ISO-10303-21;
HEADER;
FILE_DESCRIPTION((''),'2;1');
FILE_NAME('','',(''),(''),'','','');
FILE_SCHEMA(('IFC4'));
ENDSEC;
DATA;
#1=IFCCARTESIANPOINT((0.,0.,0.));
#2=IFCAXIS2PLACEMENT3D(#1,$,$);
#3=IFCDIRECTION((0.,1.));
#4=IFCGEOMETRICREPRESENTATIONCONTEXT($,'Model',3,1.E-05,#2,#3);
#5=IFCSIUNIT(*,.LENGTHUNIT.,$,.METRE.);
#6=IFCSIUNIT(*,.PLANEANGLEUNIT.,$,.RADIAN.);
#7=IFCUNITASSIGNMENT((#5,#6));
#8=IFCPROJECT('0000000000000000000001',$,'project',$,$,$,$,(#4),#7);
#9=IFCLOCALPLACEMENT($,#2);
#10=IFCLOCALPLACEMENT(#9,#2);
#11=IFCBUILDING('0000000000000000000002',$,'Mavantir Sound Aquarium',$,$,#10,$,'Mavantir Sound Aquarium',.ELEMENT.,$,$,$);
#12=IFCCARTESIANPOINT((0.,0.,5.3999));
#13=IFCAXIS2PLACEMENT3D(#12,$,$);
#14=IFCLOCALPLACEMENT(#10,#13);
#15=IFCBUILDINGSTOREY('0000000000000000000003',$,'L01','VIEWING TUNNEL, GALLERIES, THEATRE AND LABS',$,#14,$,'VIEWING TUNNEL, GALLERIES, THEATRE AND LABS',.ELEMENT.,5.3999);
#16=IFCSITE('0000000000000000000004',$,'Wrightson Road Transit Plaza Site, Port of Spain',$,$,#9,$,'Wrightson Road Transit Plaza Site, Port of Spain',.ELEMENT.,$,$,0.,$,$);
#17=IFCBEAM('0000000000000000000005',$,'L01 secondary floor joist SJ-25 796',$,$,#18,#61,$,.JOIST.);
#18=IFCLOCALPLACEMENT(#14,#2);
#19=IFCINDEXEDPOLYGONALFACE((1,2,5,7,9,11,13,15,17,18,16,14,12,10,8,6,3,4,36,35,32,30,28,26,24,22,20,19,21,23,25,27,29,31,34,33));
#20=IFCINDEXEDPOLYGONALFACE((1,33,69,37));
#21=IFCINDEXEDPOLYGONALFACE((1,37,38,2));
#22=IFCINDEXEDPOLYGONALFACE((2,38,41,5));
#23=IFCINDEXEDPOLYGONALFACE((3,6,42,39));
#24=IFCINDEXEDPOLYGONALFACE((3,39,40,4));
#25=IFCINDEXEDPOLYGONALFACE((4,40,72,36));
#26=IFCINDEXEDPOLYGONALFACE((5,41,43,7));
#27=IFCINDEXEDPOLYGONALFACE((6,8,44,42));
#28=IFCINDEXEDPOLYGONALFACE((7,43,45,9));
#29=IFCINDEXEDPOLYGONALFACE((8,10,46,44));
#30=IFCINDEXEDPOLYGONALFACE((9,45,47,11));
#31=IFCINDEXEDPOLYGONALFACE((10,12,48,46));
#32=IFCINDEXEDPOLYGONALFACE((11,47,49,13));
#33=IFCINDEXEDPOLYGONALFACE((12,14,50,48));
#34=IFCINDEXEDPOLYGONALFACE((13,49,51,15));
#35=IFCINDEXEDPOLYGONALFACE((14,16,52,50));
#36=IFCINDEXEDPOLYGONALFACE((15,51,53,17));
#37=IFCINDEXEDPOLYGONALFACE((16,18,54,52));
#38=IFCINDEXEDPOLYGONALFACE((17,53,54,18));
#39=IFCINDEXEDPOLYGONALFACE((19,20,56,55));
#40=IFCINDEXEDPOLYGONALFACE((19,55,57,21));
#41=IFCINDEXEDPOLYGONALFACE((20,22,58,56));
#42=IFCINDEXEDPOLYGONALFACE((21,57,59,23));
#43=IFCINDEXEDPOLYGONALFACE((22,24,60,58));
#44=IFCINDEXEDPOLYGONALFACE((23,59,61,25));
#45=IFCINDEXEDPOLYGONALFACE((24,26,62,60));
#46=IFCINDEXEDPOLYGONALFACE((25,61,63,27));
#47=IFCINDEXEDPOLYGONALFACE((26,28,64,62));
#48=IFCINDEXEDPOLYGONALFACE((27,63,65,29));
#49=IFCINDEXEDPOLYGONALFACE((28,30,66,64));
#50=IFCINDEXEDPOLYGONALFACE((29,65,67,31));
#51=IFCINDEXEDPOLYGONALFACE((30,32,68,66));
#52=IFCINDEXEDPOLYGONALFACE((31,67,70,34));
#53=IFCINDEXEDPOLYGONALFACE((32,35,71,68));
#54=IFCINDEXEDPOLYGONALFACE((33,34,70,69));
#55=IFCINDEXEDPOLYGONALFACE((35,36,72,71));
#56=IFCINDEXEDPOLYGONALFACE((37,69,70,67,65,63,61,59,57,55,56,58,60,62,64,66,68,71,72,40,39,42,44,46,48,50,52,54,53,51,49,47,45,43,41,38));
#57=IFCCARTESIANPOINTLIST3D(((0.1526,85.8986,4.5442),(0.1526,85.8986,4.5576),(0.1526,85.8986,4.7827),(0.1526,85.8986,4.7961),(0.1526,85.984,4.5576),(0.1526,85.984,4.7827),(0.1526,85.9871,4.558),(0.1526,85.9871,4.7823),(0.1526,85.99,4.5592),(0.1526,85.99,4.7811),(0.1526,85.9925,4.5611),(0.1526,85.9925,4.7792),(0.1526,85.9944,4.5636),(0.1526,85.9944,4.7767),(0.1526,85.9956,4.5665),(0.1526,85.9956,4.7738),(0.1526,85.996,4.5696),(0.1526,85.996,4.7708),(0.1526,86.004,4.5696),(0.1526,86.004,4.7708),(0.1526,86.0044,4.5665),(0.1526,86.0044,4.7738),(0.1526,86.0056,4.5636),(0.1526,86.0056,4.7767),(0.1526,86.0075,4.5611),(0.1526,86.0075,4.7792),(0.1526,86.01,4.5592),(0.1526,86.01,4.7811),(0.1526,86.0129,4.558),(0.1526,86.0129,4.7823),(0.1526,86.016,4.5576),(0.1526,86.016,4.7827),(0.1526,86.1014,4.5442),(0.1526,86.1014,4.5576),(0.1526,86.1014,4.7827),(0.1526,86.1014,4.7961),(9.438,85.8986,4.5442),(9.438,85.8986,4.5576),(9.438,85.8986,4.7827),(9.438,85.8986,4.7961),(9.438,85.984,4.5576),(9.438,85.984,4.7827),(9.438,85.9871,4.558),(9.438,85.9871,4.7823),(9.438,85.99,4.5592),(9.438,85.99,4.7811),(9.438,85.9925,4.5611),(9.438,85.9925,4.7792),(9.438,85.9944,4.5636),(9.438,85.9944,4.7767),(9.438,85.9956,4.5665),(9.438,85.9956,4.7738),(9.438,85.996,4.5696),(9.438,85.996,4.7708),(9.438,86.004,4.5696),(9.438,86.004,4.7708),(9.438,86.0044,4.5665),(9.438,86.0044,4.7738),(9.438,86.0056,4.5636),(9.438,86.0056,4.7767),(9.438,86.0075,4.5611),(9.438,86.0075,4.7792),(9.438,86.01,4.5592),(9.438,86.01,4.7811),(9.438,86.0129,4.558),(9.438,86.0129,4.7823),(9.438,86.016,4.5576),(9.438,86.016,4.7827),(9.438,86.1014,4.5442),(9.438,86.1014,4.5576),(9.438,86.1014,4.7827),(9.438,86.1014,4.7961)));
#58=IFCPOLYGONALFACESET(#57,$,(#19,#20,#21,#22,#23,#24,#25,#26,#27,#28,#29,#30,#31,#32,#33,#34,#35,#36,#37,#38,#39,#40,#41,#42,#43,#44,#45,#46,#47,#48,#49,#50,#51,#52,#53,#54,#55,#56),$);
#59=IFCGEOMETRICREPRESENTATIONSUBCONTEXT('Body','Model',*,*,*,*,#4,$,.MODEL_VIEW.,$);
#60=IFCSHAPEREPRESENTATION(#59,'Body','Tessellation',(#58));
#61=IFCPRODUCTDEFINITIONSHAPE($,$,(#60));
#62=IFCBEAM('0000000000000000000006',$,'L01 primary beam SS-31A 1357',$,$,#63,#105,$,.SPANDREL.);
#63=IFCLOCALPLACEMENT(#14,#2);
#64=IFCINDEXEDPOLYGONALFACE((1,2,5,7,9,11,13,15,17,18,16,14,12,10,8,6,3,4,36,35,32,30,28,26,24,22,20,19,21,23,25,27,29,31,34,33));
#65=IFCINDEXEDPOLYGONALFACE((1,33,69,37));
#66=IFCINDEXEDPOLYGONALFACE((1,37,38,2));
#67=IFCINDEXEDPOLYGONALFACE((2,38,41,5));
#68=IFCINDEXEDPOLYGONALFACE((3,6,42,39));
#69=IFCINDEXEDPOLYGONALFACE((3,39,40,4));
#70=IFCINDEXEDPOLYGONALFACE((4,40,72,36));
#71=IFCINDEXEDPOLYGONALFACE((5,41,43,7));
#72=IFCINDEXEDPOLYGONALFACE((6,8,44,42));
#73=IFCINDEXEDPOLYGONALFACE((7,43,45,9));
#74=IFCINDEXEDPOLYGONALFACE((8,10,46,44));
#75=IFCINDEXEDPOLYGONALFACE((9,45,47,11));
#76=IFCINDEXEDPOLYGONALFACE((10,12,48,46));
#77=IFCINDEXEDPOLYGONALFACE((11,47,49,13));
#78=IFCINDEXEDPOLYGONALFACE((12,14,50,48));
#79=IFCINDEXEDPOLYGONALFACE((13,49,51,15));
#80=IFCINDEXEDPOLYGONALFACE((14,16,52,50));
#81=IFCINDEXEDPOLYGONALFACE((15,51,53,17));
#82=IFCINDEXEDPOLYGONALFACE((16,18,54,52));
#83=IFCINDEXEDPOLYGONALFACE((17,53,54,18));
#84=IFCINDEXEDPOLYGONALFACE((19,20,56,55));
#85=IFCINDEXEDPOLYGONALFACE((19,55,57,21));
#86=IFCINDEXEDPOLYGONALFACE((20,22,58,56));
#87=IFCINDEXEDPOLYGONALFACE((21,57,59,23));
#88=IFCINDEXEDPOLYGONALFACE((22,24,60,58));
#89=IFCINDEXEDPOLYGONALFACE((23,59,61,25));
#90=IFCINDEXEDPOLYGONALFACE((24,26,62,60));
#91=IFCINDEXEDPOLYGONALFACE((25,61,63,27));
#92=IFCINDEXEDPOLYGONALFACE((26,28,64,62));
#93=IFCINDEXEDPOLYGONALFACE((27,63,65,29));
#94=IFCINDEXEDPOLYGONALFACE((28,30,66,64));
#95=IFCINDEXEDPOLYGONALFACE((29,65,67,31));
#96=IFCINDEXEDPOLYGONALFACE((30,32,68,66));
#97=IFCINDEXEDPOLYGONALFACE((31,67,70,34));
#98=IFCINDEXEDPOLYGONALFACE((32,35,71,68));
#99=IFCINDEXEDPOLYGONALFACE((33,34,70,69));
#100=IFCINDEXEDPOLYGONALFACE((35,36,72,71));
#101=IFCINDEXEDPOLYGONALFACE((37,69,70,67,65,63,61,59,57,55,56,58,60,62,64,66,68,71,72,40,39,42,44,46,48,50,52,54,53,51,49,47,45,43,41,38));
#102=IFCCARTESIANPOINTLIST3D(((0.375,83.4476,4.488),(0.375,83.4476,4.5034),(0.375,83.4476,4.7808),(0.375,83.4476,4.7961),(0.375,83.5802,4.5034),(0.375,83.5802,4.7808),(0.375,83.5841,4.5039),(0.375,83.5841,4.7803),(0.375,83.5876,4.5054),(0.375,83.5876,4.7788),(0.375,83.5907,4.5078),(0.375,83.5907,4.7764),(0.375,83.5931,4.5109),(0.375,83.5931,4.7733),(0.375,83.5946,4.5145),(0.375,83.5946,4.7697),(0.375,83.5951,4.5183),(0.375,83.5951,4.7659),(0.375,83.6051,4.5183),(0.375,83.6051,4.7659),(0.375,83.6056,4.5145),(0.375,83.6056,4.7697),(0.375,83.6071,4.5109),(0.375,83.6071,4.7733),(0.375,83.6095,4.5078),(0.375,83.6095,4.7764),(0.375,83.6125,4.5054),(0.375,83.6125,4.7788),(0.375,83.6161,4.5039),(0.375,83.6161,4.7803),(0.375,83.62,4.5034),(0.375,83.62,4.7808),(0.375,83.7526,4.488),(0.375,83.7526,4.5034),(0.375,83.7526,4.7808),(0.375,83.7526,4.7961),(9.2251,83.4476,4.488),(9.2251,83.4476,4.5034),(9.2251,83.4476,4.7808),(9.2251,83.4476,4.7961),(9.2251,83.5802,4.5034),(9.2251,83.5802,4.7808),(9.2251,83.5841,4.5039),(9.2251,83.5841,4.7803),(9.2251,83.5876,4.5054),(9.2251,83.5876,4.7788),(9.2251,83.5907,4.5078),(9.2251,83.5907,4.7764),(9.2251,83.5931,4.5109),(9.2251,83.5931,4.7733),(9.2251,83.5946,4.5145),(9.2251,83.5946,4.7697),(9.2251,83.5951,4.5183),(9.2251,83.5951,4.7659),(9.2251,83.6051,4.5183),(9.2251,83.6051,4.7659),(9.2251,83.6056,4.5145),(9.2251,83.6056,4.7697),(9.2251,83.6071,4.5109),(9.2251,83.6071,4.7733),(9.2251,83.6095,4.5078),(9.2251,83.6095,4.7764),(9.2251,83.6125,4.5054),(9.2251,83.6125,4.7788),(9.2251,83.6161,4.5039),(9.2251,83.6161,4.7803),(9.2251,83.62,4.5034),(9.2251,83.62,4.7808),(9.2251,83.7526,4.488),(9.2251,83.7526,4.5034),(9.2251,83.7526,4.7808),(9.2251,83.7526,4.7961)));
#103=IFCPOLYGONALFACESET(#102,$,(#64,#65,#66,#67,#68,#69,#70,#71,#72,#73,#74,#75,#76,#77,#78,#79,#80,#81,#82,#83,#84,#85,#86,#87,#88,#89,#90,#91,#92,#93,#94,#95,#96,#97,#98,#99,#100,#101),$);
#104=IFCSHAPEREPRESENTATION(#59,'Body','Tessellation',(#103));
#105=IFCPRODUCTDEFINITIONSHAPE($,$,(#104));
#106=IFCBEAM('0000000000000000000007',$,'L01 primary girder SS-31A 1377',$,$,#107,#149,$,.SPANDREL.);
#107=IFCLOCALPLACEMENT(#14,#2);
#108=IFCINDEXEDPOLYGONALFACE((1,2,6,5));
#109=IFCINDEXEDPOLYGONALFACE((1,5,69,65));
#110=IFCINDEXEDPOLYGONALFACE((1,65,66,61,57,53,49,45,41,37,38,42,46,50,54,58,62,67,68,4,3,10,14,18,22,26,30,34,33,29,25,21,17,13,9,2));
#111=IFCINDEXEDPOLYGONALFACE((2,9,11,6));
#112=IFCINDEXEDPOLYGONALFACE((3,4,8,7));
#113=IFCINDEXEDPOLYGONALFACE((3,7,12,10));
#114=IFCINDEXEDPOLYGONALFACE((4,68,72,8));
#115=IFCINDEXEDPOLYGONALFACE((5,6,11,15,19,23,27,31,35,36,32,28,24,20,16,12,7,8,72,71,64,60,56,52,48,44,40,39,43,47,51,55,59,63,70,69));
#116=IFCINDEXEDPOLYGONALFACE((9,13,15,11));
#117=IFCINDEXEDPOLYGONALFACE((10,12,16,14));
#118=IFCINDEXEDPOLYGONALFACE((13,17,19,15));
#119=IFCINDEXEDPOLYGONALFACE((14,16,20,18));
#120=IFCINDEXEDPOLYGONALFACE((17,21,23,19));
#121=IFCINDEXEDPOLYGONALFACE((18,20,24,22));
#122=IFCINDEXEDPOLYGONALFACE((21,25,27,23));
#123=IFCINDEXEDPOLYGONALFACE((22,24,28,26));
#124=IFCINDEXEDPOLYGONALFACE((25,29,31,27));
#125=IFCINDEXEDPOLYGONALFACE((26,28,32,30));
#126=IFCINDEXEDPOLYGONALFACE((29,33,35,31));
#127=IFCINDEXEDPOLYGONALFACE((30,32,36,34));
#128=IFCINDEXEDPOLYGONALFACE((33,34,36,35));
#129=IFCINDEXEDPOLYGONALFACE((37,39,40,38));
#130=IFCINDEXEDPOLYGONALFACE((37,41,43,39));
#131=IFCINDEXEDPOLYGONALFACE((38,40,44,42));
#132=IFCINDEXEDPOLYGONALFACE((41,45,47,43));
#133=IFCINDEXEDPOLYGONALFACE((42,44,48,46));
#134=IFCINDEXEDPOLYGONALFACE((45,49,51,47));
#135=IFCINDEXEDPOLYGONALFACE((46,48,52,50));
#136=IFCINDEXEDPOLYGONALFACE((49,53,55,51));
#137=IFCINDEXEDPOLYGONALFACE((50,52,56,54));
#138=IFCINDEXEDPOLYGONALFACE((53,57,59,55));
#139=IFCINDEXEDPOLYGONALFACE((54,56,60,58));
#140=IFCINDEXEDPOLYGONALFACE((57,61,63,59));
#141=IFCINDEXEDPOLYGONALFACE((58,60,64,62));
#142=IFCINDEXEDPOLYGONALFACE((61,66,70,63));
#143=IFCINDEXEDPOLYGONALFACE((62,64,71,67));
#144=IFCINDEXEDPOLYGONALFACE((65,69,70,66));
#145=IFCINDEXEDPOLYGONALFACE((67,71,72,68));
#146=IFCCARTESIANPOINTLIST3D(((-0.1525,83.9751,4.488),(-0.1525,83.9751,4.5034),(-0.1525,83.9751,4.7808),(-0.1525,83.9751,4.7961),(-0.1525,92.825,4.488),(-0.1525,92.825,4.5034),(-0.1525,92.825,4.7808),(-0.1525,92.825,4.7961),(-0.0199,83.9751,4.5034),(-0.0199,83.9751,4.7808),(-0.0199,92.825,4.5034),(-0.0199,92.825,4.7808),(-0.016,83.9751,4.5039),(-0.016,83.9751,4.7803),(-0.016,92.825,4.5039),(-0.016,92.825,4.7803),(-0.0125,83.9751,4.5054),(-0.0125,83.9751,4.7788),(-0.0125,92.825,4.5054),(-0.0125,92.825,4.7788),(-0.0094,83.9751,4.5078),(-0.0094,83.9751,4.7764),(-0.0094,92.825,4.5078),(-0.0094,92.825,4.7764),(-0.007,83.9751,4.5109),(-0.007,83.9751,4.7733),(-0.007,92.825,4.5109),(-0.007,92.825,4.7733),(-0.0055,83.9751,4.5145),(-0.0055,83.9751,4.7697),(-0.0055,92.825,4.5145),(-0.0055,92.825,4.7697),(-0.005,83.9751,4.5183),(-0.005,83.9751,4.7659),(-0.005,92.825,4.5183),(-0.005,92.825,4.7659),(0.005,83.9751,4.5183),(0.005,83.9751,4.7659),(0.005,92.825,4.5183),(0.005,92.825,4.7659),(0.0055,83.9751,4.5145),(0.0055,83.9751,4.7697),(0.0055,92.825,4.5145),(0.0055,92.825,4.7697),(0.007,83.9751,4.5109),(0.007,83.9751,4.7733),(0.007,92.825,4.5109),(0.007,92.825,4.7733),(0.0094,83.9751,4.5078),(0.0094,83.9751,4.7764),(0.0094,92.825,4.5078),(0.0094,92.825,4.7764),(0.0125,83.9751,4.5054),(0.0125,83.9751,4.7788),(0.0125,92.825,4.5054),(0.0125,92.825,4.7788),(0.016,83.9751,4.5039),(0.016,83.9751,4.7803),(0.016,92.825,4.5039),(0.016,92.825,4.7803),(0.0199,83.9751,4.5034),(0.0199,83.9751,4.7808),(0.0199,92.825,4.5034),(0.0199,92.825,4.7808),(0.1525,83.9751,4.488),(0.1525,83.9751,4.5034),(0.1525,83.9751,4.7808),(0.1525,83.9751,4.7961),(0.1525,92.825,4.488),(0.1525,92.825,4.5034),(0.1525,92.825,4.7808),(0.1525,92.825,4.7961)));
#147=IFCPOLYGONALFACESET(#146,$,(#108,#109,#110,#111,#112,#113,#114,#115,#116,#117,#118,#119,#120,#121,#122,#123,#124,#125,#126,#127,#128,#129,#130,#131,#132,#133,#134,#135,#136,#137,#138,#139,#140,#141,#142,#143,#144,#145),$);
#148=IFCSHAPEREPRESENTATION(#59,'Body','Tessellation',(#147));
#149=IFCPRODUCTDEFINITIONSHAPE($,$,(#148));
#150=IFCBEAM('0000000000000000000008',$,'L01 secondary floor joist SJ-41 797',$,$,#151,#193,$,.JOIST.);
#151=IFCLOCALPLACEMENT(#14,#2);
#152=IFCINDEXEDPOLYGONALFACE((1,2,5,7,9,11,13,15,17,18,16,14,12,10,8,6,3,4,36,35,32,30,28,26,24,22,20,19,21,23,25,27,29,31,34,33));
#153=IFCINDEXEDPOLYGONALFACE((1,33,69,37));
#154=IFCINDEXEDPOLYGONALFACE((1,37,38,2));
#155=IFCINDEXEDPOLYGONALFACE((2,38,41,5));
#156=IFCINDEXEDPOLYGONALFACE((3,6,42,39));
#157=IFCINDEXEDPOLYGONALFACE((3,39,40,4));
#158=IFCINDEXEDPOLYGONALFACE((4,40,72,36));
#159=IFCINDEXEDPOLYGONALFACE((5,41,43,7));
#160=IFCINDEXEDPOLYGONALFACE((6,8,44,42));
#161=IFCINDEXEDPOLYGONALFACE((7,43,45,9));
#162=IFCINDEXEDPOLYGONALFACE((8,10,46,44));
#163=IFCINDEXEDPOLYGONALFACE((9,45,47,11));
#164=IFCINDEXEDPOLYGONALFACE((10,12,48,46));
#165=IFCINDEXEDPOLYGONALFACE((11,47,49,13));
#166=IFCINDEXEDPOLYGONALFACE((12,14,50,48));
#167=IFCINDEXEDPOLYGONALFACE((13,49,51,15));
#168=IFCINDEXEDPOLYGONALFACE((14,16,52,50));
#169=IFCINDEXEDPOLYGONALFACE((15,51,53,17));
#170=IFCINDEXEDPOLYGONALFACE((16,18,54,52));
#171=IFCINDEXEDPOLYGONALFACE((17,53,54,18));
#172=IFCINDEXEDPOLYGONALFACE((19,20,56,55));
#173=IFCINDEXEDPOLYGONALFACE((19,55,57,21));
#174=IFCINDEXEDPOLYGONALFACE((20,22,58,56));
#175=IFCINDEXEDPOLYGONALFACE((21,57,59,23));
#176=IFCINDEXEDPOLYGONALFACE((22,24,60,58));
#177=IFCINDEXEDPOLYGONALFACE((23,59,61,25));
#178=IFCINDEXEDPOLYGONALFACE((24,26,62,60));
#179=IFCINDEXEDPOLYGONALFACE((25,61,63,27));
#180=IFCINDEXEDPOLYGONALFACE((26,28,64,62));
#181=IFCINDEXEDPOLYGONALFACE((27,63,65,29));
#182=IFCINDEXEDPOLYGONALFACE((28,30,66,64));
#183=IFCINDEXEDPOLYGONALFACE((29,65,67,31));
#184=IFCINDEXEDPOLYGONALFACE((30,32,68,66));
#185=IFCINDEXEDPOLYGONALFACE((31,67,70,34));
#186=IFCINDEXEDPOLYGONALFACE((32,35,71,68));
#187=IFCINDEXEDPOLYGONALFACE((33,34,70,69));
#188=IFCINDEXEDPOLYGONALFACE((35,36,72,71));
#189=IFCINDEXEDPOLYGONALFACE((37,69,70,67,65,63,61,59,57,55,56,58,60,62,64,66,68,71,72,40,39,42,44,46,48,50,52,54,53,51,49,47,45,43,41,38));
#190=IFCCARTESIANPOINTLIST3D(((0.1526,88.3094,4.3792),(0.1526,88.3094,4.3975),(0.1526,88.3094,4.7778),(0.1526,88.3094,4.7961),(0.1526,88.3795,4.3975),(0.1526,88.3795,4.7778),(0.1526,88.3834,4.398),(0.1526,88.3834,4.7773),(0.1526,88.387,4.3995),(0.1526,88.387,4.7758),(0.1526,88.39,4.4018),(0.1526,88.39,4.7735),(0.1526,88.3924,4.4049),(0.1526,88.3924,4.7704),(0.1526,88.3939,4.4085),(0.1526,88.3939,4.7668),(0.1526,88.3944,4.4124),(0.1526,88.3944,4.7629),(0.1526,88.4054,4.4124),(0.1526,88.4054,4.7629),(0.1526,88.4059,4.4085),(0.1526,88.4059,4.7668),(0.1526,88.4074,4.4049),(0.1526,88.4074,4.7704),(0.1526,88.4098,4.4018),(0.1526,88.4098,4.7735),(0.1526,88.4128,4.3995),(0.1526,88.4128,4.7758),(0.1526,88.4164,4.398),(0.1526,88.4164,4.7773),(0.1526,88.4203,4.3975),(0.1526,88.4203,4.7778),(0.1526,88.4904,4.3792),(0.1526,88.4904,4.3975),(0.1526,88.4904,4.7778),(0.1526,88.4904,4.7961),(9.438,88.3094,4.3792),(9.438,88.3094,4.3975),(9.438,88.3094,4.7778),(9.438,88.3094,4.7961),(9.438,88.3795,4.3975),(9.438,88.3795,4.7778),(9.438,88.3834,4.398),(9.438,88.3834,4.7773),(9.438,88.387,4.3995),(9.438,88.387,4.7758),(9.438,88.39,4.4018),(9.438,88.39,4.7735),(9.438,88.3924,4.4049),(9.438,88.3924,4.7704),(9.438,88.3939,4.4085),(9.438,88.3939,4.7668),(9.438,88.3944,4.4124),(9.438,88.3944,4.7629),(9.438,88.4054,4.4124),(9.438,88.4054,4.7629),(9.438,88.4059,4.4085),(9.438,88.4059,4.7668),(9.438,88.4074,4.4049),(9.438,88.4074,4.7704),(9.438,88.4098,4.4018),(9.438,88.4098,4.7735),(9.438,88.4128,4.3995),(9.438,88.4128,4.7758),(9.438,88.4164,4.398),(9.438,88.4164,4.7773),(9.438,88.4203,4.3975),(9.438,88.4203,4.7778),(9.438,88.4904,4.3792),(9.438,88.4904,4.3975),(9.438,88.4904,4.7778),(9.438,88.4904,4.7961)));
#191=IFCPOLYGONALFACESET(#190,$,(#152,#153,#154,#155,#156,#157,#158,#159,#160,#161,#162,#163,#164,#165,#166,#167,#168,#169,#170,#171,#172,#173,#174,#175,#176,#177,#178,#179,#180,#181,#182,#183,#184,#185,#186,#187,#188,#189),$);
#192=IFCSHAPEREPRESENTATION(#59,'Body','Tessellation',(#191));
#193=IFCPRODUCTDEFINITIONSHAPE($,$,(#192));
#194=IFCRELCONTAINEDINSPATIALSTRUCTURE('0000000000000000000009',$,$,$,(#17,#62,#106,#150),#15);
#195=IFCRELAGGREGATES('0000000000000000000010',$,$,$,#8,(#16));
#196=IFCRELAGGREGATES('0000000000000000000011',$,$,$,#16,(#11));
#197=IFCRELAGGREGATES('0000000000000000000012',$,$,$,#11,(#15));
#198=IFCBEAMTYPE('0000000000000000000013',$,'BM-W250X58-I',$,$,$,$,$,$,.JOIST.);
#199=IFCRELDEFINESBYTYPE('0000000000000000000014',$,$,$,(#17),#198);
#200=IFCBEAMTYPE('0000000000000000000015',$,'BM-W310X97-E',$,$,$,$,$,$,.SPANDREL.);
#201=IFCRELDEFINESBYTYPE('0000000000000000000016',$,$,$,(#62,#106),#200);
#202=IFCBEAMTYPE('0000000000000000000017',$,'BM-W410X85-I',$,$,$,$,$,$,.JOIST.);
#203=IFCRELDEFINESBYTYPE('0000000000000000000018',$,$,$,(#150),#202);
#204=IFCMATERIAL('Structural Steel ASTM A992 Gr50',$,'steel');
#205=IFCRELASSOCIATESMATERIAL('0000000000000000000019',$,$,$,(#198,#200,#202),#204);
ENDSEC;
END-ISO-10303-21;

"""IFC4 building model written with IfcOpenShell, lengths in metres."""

from ifc_helpers import new_model, si_unit, direction, frame, origin, origin_2d, place, context, subcontext, project, spatial, i_section, extrude, material, material_profile, profile_set, type_object, element, save


model = new_model("IFC4")

# Units and contexts
model_context = context("Model", 3, precision=1e-05, world=origin(), true_north=direction((0.0, 1.0)))
body_context = subcontext(model_context, "Body", "Model", "MODEL_VIEW")
ifc_project = project(units=[si_unit("LENGTHUNIT", "METRE"), si_unit("PLANEANGLEUNIT", "RADIAN")], contexts=[model_context])

# Site, building, storey
site_placement = place(None, origin())
site = spatial("IfcSite", under=ifc_project, at=site_placement, Name="Wrightson Road Transit Plaza Site, Port of Spain", LongName="Wrightson Road Transit Plaza Site, Port of Spain", CompositionType="ELEMENT", RefElevation=0.0)
building_placement = place(site_placement, origin())
building = spatial("IfcBuilding", under=site, at=building_placement, Name="Mavantir Sound Aquarium", LongName="Mavantir Sound Aquarium", CompositionType="ELEMENT")
storey_placement = place(building_placement, frame((0.0, 0.0, 5.3999)))
storey = spatial("IfcBuildingStorey", under=building, at=storey_placement, Name="L01", Description="VIEWING TUNNEL, GALLERIES, THEATRE AND LABS", LongName="VIEWING TUNNEL, GALLERIES, THEATRE AND LABS", CompositionType="ELEMENT", Elevation=5.3999)

# Beams
ifc_material_1 = material(Name="Structural Steel ASTM A992 Gr50", Category="steel")
ifc_material_profile_1 = material_profile(ifc_material_1, i_section(OverallWidth=0.2029, OverallDepth=0.252, WebThickness=0.0081, FlangeThickness=0.0134, FilletRadius=0.012, at=origin_2d()), Name="W250X58")
ifc_profile_set_1 = profile_set([ifc_material_profile_1], Name="Structural Steel ASTM A992 Gr50")
beam_type_1 = type_object("IfcBeamType", Name="BM-W250X58-I", PredefinedType="JOIST", material=ifc_profile_set_1)
beam_1_placement = place(storey_placement, frame((0.1526, 86.0, 4.6702), z_axis=(1.0, 0.0, 0.0), x_axis=(0.0, 1.0, 0.0)))
element("IfcBeam", 1, at=beam_1_placement, inside=storey, type_object=beam_type_1, Name="L01 secondary floor joist SJ-25 796", PredefinedType="JOIST", context=body_context, shape_type="SweptSolid", body=[
    extrude(i_section(OverallWidth=0.2029, OverallDepth=0.252, WebThickness=0.0081, FlangeThickness=0.0134, FilletRadius=0.012, at=origin_2d()), origin(), (0.0, 0.0, 1.0), 9.2854),
])
ifc_material_profile_2 = material_profile(ifc_material_1, i_section(OverallWidth=0.3049, OverallDepth=0.3081, WebThickness=0.01, FlangeThickness=0.0154, FilletRadius=0.0149, at=origin_2d()), Name="W310X97")
ifc_profile_set_2 = profile_set([ifc_material_profile_2], Name="Structural Steel ASTM A992 Gr50")
beam_type_2 = type_object("IfcBeamType", Name="BM-W310X97-E", PredefinedType="SPANDREL", material=ifc_profile_set_2)
beam_2_placement = place(storey_placement, frame((0.375, 83.6001, 4.6421), z_axis=(1.0, 0.0, 0.0), x_axis=(0.0, 1.0, 0.0)))
element("IfcBeam", 2, at=beam_2_placement, inside=storey, type_object=beam_type_2, Name="L01 primary beam SS-31A 1357", PredefinedType="SPANDREL", context=body_context, shape_type="SweptSolid", body=[
    extrude(i_section(OverallWidth=0.3049, OverallDepth=0.3081, WebThickness=0.01, FlangeThickness=0.0154, FilletRadius=0.0149, at=origin_2d()), origin(), (0.0, 0.0, 1.0), 8.8501),
])
beam_3_placement = place(storey_placement, frame((0.0, 83.9751, 4.6421), z_axis=(0.0, 1.0, 0.0), x_axis=(-1.0, 0.0, 0.0)))
element("IfcBeam", 3, at=beam_3_placement, inside=storey, type_object=beam_type_2, Name="L01 primary girder SS-31A 1377", PredefinedType="SPANDREL", context=body_context, shape_type="SweptSolid", body=[
    extrude(i_section(OverallWidth=0.3049, OverallDepth=0.3081, WebThickness=0.01, FlangeThickness=0.0154, FilletRadius=0.0149, at=origin_2d()), origin(), (0.0, 0.0, 1.0), 8.8499),
])
ifc_material_profile_3 = material_profile(ifc_material_1, i_section(OverallWidth=0.1809, OverallDepth=0.417, WebThickness=0.011, FlangeThickness=0.0183, FilletRadius=0.0149, at=origin_2d()), Name="W410X85")
ifc_profile_set_3 = profile_set([ifc_material_profile_3], Name="Structural Steel ASTM A992 Gr50")
beam_type_3 = type_object("IfcBeamType", Name="BM-W410X85-I", PredefinedType="JOIST", material=ifc_profile_set_3)
beam_4_placement = place(storey_placement, frame((0.1526, 88.3999, 4.5876), z_axis=(1.0, 0.0, 0.0), x_axis=(0.0, 1.0, 0.0)))
element("IfcBeam", 4, at=beam_4_placement, inside=storey, type_object=beam_type_3, Name="L01 secondary floor joist SJ-41 797", PredefinedType="JOIST", context=body_context, shape_type="SweptSolid", body=[
    extrude(i_section(OverallWidth=0.1809, OverallDepth=0.417, WebThickness=0.011, FlangeThickness=0.0183, FilletRadius=0.0149, at=origin_2d()), origin(), (0.0, 0.0, 1.0), 9.2854),
])

save(model, "model.ifc")
